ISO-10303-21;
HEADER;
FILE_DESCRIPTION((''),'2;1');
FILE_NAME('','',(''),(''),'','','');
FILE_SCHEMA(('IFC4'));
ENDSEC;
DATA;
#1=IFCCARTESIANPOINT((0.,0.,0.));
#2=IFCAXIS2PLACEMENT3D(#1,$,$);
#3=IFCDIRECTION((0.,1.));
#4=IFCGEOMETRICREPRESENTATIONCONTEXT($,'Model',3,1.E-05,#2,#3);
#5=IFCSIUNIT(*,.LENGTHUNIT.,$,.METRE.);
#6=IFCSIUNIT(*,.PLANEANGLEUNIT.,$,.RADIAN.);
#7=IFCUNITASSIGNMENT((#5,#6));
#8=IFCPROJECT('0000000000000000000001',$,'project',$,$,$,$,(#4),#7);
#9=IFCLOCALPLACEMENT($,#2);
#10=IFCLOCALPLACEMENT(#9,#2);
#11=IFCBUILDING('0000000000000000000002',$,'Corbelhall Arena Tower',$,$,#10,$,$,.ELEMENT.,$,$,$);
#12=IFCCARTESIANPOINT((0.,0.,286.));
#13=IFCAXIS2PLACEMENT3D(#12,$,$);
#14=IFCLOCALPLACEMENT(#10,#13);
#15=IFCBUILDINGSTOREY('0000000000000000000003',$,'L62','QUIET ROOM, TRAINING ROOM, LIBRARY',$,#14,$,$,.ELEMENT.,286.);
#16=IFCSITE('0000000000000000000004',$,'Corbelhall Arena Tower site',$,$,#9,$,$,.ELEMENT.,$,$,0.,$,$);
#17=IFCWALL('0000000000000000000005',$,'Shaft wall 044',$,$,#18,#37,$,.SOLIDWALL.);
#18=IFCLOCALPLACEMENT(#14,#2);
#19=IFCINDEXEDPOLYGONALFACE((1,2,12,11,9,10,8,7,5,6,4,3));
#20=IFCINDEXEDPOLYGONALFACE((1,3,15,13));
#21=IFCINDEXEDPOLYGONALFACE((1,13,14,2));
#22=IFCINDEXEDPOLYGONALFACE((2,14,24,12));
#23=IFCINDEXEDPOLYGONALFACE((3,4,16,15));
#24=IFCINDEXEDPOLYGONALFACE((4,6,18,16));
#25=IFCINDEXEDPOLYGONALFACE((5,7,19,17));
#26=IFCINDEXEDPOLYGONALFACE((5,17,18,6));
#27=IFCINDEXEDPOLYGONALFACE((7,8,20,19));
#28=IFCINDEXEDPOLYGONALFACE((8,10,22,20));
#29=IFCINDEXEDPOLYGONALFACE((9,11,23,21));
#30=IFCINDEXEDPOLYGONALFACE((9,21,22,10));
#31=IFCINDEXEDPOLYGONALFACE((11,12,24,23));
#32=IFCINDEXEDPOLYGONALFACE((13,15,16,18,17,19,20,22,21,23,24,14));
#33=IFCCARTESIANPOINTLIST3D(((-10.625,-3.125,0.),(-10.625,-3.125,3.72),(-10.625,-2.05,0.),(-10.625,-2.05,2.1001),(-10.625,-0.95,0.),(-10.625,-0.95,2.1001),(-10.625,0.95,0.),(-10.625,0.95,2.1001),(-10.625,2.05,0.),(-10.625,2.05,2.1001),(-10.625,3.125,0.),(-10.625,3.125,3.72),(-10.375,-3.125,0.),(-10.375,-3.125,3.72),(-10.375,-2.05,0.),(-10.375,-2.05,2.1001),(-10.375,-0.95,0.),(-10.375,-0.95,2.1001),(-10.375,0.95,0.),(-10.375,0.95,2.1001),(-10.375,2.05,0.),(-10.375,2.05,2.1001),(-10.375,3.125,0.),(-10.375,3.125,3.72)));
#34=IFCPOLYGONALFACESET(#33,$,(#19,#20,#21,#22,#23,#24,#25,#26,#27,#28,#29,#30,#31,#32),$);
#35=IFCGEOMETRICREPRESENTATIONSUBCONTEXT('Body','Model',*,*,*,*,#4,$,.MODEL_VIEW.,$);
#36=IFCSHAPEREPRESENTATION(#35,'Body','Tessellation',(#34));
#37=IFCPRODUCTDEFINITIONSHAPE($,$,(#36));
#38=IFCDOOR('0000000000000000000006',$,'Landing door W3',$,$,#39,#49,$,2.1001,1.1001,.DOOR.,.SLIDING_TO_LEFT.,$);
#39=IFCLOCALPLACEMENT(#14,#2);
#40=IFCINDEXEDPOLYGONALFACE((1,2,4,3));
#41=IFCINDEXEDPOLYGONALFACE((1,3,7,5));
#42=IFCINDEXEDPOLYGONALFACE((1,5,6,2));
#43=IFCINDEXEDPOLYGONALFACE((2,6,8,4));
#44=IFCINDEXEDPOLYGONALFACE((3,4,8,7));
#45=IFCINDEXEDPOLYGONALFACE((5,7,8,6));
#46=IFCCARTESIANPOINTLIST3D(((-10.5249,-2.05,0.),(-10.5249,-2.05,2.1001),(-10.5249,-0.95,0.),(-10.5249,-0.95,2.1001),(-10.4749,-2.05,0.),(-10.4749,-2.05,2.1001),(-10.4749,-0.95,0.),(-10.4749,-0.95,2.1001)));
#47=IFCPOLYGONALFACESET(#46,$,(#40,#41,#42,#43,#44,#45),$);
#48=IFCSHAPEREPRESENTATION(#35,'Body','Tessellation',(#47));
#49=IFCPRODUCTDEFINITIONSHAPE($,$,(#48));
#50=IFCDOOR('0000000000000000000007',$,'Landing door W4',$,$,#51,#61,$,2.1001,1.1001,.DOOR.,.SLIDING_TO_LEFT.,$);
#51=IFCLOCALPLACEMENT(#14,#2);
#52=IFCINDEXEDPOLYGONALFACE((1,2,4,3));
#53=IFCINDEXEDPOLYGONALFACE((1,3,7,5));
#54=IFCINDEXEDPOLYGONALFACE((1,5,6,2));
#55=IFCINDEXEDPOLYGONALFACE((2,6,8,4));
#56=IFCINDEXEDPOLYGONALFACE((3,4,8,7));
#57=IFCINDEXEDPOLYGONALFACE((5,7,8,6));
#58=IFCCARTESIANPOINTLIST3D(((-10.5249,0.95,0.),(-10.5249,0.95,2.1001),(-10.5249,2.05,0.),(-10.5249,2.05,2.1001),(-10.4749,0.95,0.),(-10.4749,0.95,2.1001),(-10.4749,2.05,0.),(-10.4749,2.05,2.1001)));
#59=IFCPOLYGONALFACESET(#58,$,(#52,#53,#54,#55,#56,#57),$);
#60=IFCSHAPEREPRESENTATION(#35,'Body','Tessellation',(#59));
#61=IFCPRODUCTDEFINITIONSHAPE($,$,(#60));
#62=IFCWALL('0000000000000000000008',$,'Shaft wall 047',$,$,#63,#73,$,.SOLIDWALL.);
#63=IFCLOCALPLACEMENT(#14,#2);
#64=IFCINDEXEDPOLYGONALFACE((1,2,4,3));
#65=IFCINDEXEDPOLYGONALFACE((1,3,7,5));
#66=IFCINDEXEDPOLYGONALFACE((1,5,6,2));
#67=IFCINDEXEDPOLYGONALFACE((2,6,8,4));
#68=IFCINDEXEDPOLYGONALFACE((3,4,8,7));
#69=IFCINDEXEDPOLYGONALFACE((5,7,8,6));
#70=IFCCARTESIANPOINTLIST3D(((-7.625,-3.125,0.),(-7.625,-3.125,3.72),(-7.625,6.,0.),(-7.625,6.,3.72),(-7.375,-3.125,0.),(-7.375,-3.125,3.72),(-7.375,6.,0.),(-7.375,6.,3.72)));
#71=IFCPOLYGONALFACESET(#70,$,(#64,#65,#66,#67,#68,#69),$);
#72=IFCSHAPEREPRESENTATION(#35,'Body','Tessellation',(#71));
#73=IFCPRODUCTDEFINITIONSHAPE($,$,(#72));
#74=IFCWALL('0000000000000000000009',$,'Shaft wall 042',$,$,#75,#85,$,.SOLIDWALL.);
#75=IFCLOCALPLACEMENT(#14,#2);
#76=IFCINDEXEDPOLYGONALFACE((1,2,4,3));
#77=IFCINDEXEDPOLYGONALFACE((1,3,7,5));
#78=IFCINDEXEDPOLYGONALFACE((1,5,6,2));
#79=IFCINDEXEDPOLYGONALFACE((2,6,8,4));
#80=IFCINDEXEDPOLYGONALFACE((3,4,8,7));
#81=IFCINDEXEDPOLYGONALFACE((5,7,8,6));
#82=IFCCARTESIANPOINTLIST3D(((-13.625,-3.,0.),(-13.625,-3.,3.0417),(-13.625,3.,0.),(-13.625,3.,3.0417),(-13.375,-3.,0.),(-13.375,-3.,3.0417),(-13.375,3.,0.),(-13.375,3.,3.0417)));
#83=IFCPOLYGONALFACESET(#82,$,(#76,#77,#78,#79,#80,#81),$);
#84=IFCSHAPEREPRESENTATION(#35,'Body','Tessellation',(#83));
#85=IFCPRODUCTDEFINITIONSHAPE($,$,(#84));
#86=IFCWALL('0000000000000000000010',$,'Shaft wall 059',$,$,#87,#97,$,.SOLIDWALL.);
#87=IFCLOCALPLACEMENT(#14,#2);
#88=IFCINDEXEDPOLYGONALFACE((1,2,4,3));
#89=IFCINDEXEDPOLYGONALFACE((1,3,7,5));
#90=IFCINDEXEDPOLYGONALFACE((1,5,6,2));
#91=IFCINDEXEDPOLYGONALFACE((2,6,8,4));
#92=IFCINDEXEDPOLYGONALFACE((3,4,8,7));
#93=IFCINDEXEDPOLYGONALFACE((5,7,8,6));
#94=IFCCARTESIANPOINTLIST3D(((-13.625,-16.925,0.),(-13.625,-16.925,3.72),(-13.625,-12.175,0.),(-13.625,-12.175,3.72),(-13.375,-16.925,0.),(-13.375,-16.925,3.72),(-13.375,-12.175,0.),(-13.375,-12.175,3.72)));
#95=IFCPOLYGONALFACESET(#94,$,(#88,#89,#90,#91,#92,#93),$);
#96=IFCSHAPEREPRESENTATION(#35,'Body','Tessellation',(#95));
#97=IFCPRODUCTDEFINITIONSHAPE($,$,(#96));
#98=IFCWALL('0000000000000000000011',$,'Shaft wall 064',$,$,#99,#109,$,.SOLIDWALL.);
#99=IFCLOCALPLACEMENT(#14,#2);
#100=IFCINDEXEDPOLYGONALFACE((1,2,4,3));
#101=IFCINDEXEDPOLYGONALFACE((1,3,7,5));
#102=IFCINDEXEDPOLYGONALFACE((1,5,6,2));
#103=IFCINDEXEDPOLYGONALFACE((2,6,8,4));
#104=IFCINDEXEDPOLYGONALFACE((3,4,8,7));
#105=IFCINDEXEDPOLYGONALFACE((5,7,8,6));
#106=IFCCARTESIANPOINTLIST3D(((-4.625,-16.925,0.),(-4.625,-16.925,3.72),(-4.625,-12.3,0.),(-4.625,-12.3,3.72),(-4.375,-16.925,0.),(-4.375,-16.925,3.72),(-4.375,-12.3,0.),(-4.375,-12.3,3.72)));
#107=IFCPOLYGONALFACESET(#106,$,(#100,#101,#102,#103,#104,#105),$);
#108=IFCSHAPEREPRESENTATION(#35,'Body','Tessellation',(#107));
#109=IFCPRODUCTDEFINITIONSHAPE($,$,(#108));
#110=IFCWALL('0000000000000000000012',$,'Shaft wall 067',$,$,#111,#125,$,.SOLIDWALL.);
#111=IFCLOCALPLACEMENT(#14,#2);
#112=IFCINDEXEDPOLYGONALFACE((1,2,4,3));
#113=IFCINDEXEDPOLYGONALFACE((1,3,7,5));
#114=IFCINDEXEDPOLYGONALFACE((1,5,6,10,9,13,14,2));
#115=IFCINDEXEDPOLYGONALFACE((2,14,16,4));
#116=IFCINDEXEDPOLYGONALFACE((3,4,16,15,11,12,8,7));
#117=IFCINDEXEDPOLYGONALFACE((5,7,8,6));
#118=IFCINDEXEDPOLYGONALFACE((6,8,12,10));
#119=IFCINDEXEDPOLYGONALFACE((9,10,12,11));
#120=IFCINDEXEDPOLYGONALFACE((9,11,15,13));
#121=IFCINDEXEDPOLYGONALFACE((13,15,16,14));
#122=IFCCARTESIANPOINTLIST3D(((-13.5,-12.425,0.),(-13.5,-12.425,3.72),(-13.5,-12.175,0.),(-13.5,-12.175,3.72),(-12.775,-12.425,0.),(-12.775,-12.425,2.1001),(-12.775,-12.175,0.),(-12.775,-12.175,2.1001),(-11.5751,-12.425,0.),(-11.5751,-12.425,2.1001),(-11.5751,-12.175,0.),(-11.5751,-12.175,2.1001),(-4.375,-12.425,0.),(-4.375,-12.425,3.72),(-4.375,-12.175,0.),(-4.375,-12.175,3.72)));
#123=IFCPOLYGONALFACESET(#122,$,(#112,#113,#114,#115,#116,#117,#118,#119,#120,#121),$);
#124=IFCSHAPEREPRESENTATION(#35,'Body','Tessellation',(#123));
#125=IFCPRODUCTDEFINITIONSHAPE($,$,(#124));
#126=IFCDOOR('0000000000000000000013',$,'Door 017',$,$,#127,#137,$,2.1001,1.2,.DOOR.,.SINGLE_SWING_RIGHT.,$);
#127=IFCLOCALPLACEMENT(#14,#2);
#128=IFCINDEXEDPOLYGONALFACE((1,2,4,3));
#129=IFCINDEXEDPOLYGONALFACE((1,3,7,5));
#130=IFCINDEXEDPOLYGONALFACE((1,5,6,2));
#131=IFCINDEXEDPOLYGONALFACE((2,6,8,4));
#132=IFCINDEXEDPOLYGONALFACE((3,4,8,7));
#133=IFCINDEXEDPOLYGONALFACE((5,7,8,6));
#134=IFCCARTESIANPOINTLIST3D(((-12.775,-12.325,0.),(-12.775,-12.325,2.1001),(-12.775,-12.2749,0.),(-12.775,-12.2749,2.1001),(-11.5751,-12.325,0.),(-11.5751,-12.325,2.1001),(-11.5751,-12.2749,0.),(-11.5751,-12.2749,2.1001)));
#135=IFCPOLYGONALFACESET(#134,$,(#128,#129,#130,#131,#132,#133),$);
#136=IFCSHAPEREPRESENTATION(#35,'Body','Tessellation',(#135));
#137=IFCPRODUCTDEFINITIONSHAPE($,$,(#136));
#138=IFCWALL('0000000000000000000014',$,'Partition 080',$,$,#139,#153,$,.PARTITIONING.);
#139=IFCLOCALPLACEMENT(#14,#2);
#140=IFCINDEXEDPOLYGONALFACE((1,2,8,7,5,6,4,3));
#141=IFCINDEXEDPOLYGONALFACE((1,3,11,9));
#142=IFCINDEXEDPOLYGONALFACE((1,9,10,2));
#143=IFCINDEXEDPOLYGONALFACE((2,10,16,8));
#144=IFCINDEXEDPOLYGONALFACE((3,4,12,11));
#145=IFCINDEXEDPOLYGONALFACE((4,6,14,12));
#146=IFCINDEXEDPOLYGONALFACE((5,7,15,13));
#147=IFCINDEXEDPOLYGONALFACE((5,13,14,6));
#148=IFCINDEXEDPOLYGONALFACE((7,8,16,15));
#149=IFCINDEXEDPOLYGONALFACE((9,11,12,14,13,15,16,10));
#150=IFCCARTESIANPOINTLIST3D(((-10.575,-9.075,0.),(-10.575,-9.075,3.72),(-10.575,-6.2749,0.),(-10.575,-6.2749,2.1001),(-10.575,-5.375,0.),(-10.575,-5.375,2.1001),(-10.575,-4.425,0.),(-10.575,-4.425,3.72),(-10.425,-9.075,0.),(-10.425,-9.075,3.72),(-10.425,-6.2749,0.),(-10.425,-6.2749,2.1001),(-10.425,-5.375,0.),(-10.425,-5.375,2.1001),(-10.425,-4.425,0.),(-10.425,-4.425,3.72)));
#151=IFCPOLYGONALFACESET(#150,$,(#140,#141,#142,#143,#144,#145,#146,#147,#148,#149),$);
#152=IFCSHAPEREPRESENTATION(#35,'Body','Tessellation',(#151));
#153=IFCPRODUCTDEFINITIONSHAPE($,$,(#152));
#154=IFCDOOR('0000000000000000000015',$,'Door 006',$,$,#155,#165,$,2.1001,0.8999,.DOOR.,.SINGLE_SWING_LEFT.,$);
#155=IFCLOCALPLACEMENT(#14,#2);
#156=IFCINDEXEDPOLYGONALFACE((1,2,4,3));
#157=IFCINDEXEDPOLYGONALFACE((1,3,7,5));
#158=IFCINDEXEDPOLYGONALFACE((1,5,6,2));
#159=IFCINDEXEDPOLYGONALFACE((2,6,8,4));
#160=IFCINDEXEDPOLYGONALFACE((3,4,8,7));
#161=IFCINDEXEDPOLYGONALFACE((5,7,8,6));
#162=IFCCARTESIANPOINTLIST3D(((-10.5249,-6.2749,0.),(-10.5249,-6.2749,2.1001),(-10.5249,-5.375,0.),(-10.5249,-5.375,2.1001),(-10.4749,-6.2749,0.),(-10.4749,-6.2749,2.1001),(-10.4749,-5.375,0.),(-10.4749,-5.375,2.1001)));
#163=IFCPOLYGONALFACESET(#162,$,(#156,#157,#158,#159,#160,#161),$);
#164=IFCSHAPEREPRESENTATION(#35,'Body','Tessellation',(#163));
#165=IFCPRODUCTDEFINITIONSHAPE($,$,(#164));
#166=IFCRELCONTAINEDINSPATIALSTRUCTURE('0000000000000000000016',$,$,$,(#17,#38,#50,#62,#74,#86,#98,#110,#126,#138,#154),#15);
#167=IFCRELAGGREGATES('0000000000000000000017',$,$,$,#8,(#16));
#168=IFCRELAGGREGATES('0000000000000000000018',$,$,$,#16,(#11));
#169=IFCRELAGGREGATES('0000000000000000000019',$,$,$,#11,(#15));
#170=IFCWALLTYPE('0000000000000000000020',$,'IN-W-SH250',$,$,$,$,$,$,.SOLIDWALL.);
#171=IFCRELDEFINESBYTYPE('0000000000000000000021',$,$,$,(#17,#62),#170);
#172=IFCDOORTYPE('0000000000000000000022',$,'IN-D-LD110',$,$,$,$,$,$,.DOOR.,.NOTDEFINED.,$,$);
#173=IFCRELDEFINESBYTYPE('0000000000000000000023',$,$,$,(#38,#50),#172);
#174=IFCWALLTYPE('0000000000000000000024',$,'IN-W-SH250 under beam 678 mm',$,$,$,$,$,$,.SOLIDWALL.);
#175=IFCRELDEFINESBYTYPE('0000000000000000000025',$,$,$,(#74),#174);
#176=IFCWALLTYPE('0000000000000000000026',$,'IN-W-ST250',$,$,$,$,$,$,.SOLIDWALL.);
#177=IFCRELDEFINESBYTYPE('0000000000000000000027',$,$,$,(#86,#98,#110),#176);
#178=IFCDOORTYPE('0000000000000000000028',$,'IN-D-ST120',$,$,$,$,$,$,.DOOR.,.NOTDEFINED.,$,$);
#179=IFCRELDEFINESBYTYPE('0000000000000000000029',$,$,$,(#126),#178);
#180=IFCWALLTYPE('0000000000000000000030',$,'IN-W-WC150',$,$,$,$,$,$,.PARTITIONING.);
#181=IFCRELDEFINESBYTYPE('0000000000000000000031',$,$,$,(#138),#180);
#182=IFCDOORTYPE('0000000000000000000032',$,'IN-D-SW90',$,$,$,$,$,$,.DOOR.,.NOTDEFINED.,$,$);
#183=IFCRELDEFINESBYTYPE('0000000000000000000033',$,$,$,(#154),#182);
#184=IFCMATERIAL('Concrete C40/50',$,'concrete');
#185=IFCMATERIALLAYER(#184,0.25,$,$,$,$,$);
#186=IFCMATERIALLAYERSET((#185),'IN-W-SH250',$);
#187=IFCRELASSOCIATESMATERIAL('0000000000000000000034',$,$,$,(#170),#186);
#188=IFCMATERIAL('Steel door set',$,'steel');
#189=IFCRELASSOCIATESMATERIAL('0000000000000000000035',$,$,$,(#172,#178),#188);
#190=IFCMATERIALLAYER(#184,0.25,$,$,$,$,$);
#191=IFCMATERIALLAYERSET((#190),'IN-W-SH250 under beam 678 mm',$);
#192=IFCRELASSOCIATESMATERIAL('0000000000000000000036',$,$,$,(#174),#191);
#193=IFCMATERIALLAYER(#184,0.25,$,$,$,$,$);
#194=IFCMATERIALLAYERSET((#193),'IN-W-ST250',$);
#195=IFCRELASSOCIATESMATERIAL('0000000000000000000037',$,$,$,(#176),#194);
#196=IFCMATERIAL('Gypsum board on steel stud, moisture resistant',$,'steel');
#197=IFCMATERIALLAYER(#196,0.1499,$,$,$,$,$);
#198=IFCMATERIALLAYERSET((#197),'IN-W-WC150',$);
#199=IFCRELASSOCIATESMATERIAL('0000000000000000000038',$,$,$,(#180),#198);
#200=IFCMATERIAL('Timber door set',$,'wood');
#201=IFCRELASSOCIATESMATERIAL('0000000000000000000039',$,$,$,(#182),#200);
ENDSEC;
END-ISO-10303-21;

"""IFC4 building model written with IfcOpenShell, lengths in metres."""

from ifc_helpers import new_model, si_unit, direction, frame, frame_2d, origin, place, context, subcontext, project, spatial, rectangle, extrude, material, layer, layer_set, type_object, element, fill, save


model = new_model("IFC4")

# Units and contexts
model_context = context("Model", 3, precision=1e-05, world=origin(), true_north=direction((0.0, 1.0)))
body_context = subcontext(model_context, "Body", "Model", "MODEL_VIEW")
ifc_project = project(units=[si_unit("LENGTHUNIT", "METRE"), si_unit("PLANEANGLEUNIT", "RADIAN")], contexts=[model_context])

# Site, building, storey
site_placement = place(None, origin())
site = spatial("IfcSite", under=ifc_project, at=site_placement, Name="Corbelhall Arena Tower site", CompositionType="ELEMENT", RefElevation=0.0)
building_placement = place(site_placement, origin())
building = spatial("IfcBuilding", under=site, at=building_placement, Name="Corbelhall Arena Tower", CompositionType="ELEMENT")
storey_placement = place(building_placement, frame((0.0, 0.0, 286.0)))
storey = spatial("IfcBuildingStorey", under=building, at=storey_placement, Name="L62", Description="QUIET ROOM, TRAINING ROOM, LIBRARY", CompositionType="ELEMENT", Elevation=286.0)

# Shared definitions
ifc_material_1 = material(Name="Steel door set", Category="steel")

# Wall, openings, doors
ifc_material_2 = material(Name="Concrete C40/50", Category="concrete")
ifc_layer_1 = layer(ifc_material_2, 0.25)
ifc_layer_set_1 = layer_set([ifc_layer_1], Name="IN-W-SH250")
wall_type_1 = type_object("IfcWallType", Name="IN-W-SH250", PredefinedType="SOLIDWALL", material=ifc_layer_set_1)
wall_1_placement = place(storey_placement, frame((-10.5, -3.125, 0.0), z_axis=(0.0, 0.0, 1.0), x_axis=(0.0, 1.0, 0.0)))
wall_1 = element("IfcWall", 1, at=wall_1_placement, inside=storey, type_object=wall_type_1, Name="Shaft wall 044", PredefinedType="SOLIDWALL", context=body_context, shape_type="SweptSolid", body=[
    extrude(rectangle(XDim=6.25, YDim=0.25, at=frame_2d((3.125, 0.0))), origin(), (0.0, 0.0, 1.0), 3.72),
])
opening_1_placement = place(wall_1_placement, frame((1.075, 0.0, 0.0)))
opening_1 = element("IfcOpeningElement", 2, at=opening_1_placement, cuts=wall_1, PredefinedType="OPENING", context=body_context, shape_type="SweptSolid", body=[
    extrude(rectangle(XDim=1.1001, YDim=2.1001, at=frame_2d((0.55, 1.05))), frame((0.0, 0.125, 0.0), z_axis=(0.0, -1.0, 0.0), x_axis=(1.0, 0.0, 0.0)), (0.0, 0.0, 1.0), 0.25),
])
opening_2_placement = place(wall_1_placement, frame((4.075, 0.0, 0.0)))
opening_2 = element("IfcOpeningElement", 3, at=opening_2_placement, cuts=wall_1, PredefinedType="OPENING", context=body_context, shape_type="SweptSolid", body=[
    extrude(rectangle(XDim=1.1001, YDim=2.1001, at=frame_2d((0.55, 1.05))), frame((0.0, 0.125, 0.0), z_axis=(0.0, -1.0, 0.0), x_axis=(1.0, 0.0, 0.0)), (0.0, 0.0, 1.0), 0.25),
])
door_type_1 = type_object("IfcDoorType", Name="IN-D-LD110", OperationType="NOTDEFINED", PredefinedType="DOOR", material=ifc_material_1)
door_1_placement = place(opening_1_placement, origin())
door_1 = element("IfcDoor", 4, at=door_1_placement, inside=storey, type_object=door_type_1, Name="Landing door W3", OperationType="SLIDING_TO_LEFT", OverallHeight=2.1001, OverallWidth=1.1001, PredefinedType="DOOR", context=body_context, shape_type="SweptSolid", body=[
    extrude(rectangle(XDim=1.1001, YDim=2.1001, at=frame_2d((0.55, 1.05))), frame((0.0, 0.0249, 0.0), z_axis=(0.0, -1.0, 0.0), x_axis=(1.0, 0.0, 0.0)), (0.0, 0.0, 1.0), 0.05),
])
fill(opening_1, door_1)
door_2_placement = place(opening_2_placement, origin())
door_2 = element("IfcDoor", 5, at=door_2_placement, inside=storey, type_object=door_type_1, Name="Landing door W4", OperationType="SLIDING_TO_LEFT", OverallHeight=2.1001, OverallWidth=1.1001, PredefinedType="DOOR", context=body_context, shape_type="SweptSolid", body=[
    extrude(rectangle(XDim=1.1001, YDim=2.1001, at=frame_2d((0.55, 1.05))), frame((0.0, 0.0249, 0.0), z_axis=(0.0, -1.0, 0.0), x_axis=(1.0, 0.0, 0.0)), (0.0, 0.0, 1.0), 0.05),
])
fill(opening_2, door_2)

# Walls
wall_2_placement = place(storey_placement, frame((-7.5, -3.125, 0.0), z_axis=(0.0, 0.0, 1.0), x_axis=(0.0, 1.0, 0.0)))
element("IfcWall", 6, at=wall_2_placement, inside=storey, type_object=wall_type_1, Name="Shaft wall 047", PredefinedType="SOLIDWALL", context=body_context, shape_type="SweptSolid", body=[
    extrude(rectangle(XDim=9.125, YDim=0.25, at=frame_2d((4.5625, 0.0))), origin(), (0.0, 0.0, 1.0), 3.72),
])
ifc_layer_2 = layer(ifc_material_2, 0.25)
ifc_layer_set_2 = layer_set([ifc_layer_2], Name="IN-W-SH250 under beam 678 mm")
wall_type_2 = type_object("IfcWallType", Name="IN-W-SH250 under beam 678 mm", PredefinedType="SOLIDWALL", material=ifc_layer_set_2)
wall_3_placement = place(storey_placement, frame((-13.5, -3.0, 0.0), z_axis=(0.0, 0.0, 1.0), x_axis=(0.0, 1.0, 0.0)))
element("IfcWall", 7, at=wall_3_placement, inside=storey, type_object=wall_type_2, Name="Shaft wall 042", PredefinedType="SOLIDWALL", context=body_context, shape_type="SweptSolid", body=[
    extrude(rectangle(XDim=6.0, YDim=0.25, at=frame_2d((3.0, 0.0))), origin(), (0.0, 0.0, 1.0), 3.0417),
])
ifc_layer_3 = layer(ifc_material_2, 0.25)
ifc_layer_set_3 = layer_set([ifc_layer_3], Name="IN-W-ST250")
wall_type_3 = type_object("IfcWallType", Name="IN-W-ST250", PredefinedType="SOLIDWALL", material=ifc_layer_set_3)
wall_4_placement = place(storey_placement, frame((-13.5, -12.175, 0.0), z_axis=(0.0, 0.0, 1.0), x_axis=(0.0, -1.0, 0.0)))
element("IfcWall", 8, at=wall_4_placement, inside=storey, type_object=wall_type_3, Name="Shaft wall 059", PredefinedType="SOLIDWALL", context=body_context, shape_type="SweptSolid", body=[
    extrude(rectangle(XDim=4.75, YDim=0.25, at=frame_2d((2.375, 0.0))), origin(), (0.0, 0.0, 1.0), 3.72),
])
wall_5_placement = place(storey_placement, frame((-4.5, -12.3, 0.0), z_axis=(0.0, 0.0, 1.0), x_axis=(0.0, -1.0, 0.0)))
element("IfcWall", 9, at=wall_5_placement, inside=storey, type_object=wall_type_3, Name="Shaft wall 064", PredefinedType="SOLIDWALL", context=body_context, shape_type="SweptSolid", body=[
    extrude(rectangle(XDim=4.625, YDim=0.25, at=frame_2d((2.3125, 0.0))), origin(), (0.0, 0.0, 1.0), 3.72),
])

# Walls, openings, doors
wall_6_placement = place(storey_placement, frame((-4.375, -12.3, 0.0), z_axis=(0.0, 0.0, 1.0), x_axis=(-1.0, 0.0, 0.0)))
wall_6 = element("IfcWall", 10, at=wall_6_placement, inside=storey, type_object=wall_type_3, Name="Shaft wall 067", PredefinedType="SOLIDWALL", context=body_context, shape_type="SweptSolid", body=[
    extrude(rectangle(XDim=9.125, YDim=0.25, at=frame_2d((4.5625, 0.0))), origin(), (0.0, 0.0, 1.0), 3.72),
])
opening_3_placement = place(wall_6_placement, frame((7.2, 0.0, 0.0)))
opening_3 = element("IfcOpeningElement", 11, at=opening_3_placement, cuts=wall_6, PredefinedType="OPENING", context=body_context, shape_type="SweptSolid", body=[
    extrude(rectangle(XDim=1.2, YDim=2.1001, at=frame_2d((0.6001, 1.05))), frame((0.0, 0.125, 0.0), z_axis=(0.0, -1.0, 0.0), x_axis=(1.0, 0.0, 0.0)), (0.0, 0.0, 1.0), 0.25),
])
door_type_2 = type_object("IfcDoorType", Name="IN-D-ST120", OperationType="NOTDEFINED", PredefinedType="DOOR", material=ifc_material_1)
door_3_placement = place(opening_3_placement, origin())
door_3 = element("IfcDoor", 12, at=door_3_placement, inside=storey, type_object=door_type_2, Name="Door 017", OperationType="SINGLE_SWING_RIGHT", OverallHeight=2.1001, OverallWidth=1.2, PredefinedType="DOOR", context=body_context, shape_type="SweptSolid", body=[
    extrude(rectangle(XDim=1.2, YDim=2.1001, at=frame_2d((0.6001, 1.05))), frame((0.0, 0.0249, 0.0), z_axis=(0.0, -1.0, 0.0), x_axis=(1.0, 0.0, 0.0)), (0.0, 0.0, 1.0), 0.05),
])
fill(opening_3, door_3)
ifc_material_3 = material(Name="Gypsum board on steel stud, moisture resistant", Category="steel")
ifc_layer_4 = layer(ifc_material_3, 0.1499)
ifc_layer_set_4 = layer_set([ifc_layer_4], Name="IN-W-WC150")
wall_type_4 = type_object("IfcWallType", Name="IN-W-WC150", PredefinedType="PARTITIONING", material=ifc_layer_set_4)
wall_7_placement = place(storey_placement, frame((-10.5, -9.075, 0.0), z_axis=(0.0, 0.0, 1.0), x_axis=(0.0, 1.0, 0.0)))
wall_7 = element("IfcWall", 13, at=wall_7_placement, inside=storey, type_object=wall_type_4, Name="Partition 080", PredefinedType="PARTITIONING", context=body_context, shape_type="SweptSolid", body=[
    extrude(rectangle(XDim=4.6499, YDim=0.1499, at=frame_2d((2.325, 0.0))), origin(), (0.0, 0.0, 1.0), 3.72),
])
opening_4_placement = place(wall_7_placement, frame((2.8, 0.0, 0.0)))
opening_4 = element("IfcOpeningElement", 14, at=opening_4_placement, cuts=wall_7, PredefinedType="OPENING", context=body_context, shape_type="SweptSolid", body=[
    extrude(rectangle(XDim=0.8999, YDim=2.1001, at=frame_2d((0.45, 1.05))), frame((0.0, 0.075, 0.0), z_axis=(0.0, -1.0, 0.0), x_axis=(1.0, 0.0, 0.0)), (0.0, 0.0, 1.0), 0.1499),
])
ifc_material_4 = material(Name="Timber door set", Category="wood")
door_type_3 = type_object("IfcDoorType", Name="IN-D-SW90", OperationType="NOTDEFINED", PredefinedType="DOOR", material=ifc_material_4)
door_4_placement = place(opening_4_placement, origin())
door_4 = element("IfcDoor", 15, at=door_4_placement, inside=storey, type_object=door_type_3, Name="Door 006", OperationType="SINGLE_SWING_LEFT", OverallHeight=2.1001, OverallWidth=0.8999, PredefinedType="DOOR", context=body_context, shape_type="SweptSolid", body=[
    extrude(rectangle(XDim=0.8999, YDim=2.1001, at=frame_2d((0.45, 1.05))), frame((0.0, 0.0249, 0.0), z_axis=(0.0, -1.0, 0.0), x_axis=(1.0, 0.0, 0.0)), (0.0, 0.0, 1.0), 0.05),
])
fill(opening_4, door_4)

save(model, "model.ifc")
